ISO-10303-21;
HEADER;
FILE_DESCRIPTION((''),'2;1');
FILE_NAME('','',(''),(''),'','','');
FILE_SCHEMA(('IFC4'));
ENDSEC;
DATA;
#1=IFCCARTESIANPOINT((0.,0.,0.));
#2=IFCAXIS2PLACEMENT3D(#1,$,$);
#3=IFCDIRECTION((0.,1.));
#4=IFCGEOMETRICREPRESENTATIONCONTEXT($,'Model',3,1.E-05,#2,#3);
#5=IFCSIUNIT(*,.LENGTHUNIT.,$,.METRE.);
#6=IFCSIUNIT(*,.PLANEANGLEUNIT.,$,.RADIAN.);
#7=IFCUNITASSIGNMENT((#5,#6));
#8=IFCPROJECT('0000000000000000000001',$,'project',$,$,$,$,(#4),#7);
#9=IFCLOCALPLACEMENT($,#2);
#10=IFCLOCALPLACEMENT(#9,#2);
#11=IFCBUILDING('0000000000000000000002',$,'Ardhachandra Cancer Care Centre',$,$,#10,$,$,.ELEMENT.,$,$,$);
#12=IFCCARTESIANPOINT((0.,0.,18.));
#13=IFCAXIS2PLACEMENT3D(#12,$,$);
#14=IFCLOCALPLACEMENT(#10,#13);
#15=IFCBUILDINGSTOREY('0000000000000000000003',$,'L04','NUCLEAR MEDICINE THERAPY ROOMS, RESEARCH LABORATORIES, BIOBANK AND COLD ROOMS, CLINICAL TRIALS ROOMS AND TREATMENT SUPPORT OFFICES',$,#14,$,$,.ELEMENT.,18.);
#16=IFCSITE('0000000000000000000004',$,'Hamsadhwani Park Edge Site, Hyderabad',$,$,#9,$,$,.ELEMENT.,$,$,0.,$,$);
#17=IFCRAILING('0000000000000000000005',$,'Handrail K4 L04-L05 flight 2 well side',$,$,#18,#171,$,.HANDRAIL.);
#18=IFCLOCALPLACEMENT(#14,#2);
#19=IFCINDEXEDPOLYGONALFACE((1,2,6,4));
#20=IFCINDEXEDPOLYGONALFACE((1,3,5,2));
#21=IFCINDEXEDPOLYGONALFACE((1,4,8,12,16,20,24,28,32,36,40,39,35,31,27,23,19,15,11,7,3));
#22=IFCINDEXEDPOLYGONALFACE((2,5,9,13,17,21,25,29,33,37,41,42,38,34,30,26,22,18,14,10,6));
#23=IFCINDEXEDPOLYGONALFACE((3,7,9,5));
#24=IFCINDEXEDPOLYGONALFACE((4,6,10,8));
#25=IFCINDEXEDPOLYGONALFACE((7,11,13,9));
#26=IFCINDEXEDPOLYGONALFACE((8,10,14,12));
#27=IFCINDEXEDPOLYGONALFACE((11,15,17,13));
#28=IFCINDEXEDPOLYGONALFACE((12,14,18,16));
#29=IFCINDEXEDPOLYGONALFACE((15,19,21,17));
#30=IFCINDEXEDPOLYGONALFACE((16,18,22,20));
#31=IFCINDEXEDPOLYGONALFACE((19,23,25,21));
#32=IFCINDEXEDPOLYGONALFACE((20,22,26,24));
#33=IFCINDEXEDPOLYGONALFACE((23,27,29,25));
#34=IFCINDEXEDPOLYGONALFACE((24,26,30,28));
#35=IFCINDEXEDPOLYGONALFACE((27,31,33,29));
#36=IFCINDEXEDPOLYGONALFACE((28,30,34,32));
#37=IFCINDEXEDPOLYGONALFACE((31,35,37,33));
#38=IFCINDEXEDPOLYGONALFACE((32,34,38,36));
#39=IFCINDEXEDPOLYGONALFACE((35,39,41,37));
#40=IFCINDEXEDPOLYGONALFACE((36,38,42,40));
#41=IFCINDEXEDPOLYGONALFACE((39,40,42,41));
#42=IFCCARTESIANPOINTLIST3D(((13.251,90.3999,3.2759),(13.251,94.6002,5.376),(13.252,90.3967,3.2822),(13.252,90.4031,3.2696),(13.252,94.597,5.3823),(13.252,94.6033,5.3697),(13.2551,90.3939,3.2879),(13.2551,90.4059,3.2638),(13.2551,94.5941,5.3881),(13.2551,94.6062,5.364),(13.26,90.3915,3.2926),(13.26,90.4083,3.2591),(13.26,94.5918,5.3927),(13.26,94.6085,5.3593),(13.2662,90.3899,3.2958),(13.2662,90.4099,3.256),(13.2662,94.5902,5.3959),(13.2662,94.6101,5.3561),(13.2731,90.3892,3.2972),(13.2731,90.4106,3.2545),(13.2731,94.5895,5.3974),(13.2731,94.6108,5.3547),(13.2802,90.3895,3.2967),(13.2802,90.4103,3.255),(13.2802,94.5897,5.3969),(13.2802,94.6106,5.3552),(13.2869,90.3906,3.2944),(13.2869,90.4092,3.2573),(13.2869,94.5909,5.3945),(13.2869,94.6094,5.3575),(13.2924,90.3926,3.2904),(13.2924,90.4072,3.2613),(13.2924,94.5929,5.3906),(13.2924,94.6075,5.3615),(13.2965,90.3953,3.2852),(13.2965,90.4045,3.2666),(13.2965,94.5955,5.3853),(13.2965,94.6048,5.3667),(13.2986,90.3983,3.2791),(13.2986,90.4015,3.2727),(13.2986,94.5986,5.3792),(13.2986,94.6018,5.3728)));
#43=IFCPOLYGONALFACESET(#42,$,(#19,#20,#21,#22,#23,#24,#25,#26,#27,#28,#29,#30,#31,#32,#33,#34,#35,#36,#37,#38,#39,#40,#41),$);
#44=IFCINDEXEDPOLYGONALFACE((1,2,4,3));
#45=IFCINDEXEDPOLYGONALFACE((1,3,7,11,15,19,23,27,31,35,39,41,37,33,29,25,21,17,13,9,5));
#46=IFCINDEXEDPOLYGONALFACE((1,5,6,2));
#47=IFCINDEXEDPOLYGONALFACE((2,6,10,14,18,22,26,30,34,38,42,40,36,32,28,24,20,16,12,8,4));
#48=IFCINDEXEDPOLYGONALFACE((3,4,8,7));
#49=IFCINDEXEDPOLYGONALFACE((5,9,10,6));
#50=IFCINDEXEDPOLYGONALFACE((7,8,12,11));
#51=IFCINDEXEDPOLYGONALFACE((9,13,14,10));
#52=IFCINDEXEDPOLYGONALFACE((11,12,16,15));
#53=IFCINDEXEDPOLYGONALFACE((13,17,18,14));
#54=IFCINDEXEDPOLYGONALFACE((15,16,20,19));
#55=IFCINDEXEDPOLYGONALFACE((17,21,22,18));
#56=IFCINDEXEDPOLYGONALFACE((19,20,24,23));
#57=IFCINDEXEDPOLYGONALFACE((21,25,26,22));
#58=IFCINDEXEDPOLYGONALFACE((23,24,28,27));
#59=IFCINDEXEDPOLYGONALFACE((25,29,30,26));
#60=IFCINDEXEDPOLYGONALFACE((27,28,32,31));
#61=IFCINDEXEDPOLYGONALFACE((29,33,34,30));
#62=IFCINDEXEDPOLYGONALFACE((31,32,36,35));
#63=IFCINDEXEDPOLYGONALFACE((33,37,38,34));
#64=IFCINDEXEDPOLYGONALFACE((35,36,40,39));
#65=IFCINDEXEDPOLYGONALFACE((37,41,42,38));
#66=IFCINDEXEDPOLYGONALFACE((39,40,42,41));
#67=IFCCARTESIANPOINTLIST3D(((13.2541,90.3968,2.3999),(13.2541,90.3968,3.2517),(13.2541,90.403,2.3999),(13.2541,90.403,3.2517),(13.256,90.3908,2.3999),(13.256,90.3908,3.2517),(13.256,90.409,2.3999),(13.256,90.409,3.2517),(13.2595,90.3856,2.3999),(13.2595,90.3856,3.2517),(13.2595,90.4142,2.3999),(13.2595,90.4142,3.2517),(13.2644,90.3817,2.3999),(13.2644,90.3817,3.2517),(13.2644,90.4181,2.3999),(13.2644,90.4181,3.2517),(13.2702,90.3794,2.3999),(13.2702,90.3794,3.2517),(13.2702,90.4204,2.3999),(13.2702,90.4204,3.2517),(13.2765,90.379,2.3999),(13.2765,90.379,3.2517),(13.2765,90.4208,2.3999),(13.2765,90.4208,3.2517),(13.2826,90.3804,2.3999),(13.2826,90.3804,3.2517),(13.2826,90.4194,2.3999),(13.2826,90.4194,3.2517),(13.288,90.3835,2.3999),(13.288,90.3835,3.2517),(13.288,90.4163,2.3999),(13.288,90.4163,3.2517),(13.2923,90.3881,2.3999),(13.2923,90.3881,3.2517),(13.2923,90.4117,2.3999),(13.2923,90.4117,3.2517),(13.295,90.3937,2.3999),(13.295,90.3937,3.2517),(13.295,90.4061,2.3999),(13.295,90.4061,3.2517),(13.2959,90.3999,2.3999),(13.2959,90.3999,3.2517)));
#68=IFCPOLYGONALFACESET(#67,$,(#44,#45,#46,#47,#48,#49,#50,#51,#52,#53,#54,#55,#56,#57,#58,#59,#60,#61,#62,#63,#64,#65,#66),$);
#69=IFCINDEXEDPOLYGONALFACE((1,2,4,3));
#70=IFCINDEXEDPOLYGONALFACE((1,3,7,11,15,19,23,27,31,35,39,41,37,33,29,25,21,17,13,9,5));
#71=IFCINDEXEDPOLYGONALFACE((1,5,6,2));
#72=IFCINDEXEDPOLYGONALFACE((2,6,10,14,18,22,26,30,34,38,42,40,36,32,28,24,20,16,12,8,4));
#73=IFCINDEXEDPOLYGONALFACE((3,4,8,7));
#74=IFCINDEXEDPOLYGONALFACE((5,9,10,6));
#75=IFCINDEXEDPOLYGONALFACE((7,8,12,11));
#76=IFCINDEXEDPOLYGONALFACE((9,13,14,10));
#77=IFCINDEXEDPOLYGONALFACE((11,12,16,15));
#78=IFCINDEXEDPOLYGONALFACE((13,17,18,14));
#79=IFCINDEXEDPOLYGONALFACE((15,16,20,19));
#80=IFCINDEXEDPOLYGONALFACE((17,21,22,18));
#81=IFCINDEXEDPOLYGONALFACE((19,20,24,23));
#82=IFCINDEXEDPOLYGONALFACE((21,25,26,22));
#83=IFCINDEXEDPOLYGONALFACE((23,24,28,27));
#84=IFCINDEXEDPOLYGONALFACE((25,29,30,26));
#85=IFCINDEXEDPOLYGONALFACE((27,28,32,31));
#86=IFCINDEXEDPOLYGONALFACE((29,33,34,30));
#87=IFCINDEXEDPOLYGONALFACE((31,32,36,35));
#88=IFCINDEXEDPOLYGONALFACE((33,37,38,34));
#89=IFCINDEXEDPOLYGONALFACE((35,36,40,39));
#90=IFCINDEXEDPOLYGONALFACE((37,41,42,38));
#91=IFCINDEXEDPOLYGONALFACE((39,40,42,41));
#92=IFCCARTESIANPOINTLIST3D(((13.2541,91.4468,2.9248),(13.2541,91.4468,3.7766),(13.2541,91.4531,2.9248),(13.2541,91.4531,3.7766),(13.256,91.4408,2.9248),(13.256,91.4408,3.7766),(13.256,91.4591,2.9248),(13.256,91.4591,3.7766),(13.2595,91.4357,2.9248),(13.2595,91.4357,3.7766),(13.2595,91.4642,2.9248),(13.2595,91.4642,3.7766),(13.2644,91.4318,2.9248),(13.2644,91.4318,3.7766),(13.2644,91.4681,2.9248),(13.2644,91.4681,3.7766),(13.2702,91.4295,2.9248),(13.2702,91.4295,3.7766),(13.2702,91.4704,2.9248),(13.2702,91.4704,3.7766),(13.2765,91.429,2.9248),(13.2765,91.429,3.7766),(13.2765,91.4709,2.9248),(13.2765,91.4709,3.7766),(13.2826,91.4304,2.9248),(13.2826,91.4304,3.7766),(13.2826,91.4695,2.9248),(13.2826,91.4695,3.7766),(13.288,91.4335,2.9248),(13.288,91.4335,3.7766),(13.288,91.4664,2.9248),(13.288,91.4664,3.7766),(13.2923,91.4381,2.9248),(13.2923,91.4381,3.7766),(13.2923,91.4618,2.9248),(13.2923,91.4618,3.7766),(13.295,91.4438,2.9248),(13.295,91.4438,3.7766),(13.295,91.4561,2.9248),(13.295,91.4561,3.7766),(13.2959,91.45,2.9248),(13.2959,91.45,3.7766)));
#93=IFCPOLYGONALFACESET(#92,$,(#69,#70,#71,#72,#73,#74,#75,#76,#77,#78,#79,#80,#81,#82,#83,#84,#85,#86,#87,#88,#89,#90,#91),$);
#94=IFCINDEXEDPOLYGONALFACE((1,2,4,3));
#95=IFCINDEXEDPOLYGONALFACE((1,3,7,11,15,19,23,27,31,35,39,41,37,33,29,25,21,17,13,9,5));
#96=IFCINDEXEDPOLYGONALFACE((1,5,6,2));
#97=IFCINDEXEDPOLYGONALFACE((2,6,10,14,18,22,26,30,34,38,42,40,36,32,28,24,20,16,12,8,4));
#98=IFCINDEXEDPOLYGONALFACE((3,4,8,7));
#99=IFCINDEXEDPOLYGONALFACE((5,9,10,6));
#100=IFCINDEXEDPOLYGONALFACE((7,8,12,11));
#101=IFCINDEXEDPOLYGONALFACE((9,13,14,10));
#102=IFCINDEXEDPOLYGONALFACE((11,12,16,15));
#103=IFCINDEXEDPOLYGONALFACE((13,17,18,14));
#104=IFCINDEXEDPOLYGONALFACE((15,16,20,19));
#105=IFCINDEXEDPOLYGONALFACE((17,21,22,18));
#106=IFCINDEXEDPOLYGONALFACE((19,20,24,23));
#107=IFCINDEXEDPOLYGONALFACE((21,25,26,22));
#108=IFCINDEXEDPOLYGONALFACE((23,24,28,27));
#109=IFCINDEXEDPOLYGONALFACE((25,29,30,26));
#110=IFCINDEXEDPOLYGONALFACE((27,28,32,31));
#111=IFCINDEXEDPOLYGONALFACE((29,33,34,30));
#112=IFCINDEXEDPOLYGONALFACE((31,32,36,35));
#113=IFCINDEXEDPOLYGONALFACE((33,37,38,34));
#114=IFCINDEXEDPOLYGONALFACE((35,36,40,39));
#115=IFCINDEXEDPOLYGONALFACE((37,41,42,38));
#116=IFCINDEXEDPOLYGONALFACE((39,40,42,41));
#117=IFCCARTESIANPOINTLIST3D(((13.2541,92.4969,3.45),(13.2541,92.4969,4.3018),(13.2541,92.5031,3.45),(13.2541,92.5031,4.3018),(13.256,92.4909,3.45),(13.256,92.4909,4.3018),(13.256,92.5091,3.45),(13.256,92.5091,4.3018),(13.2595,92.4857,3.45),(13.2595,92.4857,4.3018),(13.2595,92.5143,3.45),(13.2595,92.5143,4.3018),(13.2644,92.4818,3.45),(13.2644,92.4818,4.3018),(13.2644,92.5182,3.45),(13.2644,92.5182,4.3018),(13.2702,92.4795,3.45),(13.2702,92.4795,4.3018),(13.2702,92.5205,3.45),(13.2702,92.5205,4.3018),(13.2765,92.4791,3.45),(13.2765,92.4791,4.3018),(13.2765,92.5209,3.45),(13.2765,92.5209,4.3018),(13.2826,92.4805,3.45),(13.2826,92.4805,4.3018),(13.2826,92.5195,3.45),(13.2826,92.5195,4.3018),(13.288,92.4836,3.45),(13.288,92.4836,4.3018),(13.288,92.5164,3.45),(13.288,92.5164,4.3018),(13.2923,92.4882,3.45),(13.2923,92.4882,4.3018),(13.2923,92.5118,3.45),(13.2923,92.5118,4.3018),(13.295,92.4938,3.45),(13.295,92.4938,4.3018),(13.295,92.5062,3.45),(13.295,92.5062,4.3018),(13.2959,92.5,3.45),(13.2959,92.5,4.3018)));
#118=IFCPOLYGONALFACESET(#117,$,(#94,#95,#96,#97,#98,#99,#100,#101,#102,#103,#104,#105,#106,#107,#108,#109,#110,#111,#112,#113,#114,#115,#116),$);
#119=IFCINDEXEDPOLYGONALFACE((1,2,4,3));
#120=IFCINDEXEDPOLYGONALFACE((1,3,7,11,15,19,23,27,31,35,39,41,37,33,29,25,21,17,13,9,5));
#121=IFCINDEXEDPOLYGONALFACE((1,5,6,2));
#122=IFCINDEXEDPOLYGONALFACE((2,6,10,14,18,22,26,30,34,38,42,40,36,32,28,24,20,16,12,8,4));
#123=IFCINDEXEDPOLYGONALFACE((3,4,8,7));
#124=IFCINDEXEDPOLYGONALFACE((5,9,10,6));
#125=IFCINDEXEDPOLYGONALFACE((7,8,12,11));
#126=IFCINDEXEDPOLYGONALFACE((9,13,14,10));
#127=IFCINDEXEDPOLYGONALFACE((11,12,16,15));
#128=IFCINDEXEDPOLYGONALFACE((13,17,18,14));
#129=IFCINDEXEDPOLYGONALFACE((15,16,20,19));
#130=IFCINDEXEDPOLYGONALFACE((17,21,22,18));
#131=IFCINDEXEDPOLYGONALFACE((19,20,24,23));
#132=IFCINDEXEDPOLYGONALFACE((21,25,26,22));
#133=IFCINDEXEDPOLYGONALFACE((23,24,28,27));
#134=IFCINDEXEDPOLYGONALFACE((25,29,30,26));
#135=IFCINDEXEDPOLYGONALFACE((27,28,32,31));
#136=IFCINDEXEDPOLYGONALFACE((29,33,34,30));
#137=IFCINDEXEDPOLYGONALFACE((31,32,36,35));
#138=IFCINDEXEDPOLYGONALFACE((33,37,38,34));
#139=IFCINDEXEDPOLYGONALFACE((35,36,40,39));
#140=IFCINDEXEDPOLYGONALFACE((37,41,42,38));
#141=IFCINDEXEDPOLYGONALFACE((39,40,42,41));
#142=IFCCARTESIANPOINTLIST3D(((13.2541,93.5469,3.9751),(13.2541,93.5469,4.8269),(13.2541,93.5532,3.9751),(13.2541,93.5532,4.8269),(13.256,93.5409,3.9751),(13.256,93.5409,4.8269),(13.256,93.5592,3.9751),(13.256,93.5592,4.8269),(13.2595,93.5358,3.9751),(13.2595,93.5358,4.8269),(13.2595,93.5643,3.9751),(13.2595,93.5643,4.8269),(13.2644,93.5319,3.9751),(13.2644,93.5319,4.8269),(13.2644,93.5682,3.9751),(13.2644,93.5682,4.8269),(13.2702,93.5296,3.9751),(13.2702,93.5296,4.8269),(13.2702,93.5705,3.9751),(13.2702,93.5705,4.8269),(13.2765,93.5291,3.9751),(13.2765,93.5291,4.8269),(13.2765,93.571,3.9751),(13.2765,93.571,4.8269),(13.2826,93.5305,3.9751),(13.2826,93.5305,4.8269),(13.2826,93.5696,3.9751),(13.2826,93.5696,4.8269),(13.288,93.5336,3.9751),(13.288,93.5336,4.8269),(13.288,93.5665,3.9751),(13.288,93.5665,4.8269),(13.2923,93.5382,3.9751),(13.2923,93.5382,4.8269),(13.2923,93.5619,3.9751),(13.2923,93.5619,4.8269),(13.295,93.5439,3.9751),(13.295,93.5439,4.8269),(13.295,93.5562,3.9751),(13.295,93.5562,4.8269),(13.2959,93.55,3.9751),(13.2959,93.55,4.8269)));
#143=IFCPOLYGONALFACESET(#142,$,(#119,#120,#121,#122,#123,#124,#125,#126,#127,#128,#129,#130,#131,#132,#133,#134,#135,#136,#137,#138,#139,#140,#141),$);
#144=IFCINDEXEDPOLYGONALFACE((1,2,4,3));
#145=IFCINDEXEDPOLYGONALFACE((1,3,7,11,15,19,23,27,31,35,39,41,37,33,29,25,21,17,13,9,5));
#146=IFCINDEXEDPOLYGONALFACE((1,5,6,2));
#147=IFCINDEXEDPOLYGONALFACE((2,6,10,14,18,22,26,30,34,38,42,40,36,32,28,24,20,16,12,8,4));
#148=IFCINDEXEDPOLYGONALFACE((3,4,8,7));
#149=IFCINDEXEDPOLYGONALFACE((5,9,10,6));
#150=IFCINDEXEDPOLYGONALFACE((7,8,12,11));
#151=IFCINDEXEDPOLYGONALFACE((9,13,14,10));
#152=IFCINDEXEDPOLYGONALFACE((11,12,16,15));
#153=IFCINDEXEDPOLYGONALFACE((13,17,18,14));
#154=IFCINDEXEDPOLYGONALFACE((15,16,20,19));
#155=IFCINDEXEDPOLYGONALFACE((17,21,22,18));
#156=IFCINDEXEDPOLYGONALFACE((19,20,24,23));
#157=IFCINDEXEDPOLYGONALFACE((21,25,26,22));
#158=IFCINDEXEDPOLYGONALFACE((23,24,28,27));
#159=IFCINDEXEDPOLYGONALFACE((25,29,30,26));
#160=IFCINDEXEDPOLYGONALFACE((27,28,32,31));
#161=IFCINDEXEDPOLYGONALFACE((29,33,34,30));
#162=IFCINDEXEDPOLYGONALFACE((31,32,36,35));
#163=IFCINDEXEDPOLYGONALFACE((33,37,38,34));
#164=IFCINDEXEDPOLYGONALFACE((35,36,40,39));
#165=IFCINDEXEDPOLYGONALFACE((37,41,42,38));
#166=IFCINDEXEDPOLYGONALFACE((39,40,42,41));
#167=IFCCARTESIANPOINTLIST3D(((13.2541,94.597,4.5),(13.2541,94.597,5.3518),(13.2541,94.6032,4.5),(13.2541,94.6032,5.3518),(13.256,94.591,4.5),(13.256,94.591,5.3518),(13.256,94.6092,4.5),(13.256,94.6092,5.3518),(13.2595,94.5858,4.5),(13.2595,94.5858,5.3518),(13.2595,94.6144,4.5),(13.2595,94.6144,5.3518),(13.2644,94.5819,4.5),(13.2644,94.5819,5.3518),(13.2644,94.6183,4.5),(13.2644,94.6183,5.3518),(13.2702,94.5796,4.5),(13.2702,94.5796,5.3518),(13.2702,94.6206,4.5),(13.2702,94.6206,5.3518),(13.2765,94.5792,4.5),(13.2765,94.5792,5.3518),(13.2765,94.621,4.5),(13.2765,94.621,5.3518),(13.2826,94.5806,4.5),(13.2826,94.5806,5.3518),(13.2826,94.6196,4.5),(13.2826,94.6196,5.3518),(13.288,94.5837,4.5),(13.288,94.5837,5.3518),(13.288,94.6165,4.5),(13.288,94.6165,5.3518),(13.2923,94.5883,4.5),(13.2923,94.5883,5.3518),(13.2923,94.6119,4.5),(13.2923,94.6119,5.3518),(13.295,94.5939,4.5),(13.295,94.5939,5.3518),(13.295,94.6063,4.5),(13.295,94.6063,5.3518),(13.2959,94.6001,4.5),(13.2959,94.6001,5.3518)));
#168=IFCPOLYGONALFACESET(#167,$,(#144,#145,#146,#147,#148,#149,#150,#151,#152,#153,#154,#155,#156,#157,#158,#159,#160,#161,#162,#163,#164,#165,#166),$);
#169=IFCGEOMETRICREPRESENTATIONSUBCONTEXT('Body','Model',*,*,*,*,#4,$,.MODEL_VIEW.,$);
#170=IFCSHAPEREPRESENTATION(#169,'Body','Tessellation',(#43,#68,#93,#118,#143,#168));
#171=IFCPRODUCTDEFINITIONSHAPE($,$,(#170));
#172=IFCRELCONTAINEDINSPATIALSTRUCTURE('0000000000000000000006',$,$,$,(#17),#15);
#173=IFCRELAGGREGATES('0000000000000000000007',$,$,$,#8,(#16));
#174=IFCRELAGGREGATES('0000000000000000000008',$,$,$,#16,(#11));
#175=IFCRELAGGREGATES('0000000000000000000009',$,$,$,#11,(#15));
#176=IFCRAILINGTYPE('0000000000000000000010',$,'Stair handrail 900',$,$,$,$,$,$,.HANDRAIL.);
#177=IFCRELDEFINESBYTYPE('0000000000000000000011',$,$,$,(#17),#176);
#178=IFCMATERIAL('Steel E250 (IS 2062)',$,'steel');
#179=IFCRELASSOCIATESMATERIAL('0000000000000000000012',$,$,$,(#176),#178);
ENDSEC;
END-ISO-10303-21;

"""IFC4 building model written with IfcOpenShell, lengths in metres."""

from ifc_helpers import new_model, si_unit, direction, frame, origin, origin_2d, place, context, subcontext, project, spatial, circle, extrude, material, type_object, element, save


model = new_model("IFC4")

# Units and contexts
model_context = context("Model", 3, precision=1e-05, world=origin(), true_north=direction((0.0, 1.0)))
body_context = subcontext(model_context, "Body", "Model", "MODEL_VIEW")
ifc_project = project(units=[si_unit("LENGTHUNIT", "METRE"), si_unit("PLANEANGLEUNIT", "RADIAN")], contexts=[model_context])

# Site, building, storey
site_placement = place(None, origin())
site = spatial("IfcSite", under=ifc_project, at=site_placement, Name="Hamsadhwani Park Edge Site, Hyderabad", CompositionType="ELEMENT", RefElevation=0.0)
building_placement = place(site_placement, origin())
building = spatial("IfcBuilding", under=site, at=building_placement, Name="Ardhachandra Cancer Care Centre", CompositionType="ELEMENT")
storey_placement = place(building_placement, frame((0.0, 0.0, 18.0)))
storey = spatial("IfcBuildingStorey", under=building, at=storey_placement, Name="L04", Description="NUCLEAR MEDICINE THERAPY ROOMS, RESEARCH LABORATORIES, BIOBANK AND COLD ROOMS, CLINICAL TRIALS ROOMS AND TREATMENT SUPPORT OFFICES", CompositionType="ELEMENT", Elevation=18.0)

# Railing
ifc_material_1 = material(Name="Steel E250 (IS 2062)", Category="steel")
railing_type_1 = type_object("IfcRailingType", Name="Stair handrail 900", PredefinedType="HANDRAIL", material=ifc_material_1)
for number, where, name in (
    (1, (13.2749, 90.3999, 2.3999), "Handrail K4 L04-L05 flight 2 well side"),
):
    element("IfcRailing", number, at=place(storey_placement, frame(where)), inside=storey, type_object=railing_type_1, Name=name, PredefinedType="HANDRAIL", context=body_context, shape_type="SweptSolid", body=[
        extrude(circle(Radius=0.0239, at=origin_2d()), frame((0.0, 0.0, 0.876), z_axis=(0.0, 0.894427, 0.447214), x_axis=(-1.0, 0.0, 0.0)), (0.0, 0.0, 1.0), 4.696),
        extrude(circle(Radius=0.021, at=origin_2d()), origin(), (0.0, 0.0, 1.0), 0.8518),
        extrude(circle(Radius=0.021, at=origin_2d()), frame((0.0, 1.05, 0.5249)), (0.0, 0.0, 1.0), 0.8518),
        extrude(circle(Radius=0.021, at=origin_2d()), frame((0.0, 2.1001, 1.05)), (0.0, 0.0, 1.0), 0.8518),
        extrude(circle(Radius=0.021, at=origin_2d()), frame((0.0, 3.1501, 1.5752)), (0.0, 0.0, 1.0), 0.8518),
        extrude(circle(Radius=0.021, at=origin_2d()), frame((0.0, 4.2002, 2.1001)), (0.0, 0.0, 1.0), 0.8518),
    ])

save(model, "model.ifc")
